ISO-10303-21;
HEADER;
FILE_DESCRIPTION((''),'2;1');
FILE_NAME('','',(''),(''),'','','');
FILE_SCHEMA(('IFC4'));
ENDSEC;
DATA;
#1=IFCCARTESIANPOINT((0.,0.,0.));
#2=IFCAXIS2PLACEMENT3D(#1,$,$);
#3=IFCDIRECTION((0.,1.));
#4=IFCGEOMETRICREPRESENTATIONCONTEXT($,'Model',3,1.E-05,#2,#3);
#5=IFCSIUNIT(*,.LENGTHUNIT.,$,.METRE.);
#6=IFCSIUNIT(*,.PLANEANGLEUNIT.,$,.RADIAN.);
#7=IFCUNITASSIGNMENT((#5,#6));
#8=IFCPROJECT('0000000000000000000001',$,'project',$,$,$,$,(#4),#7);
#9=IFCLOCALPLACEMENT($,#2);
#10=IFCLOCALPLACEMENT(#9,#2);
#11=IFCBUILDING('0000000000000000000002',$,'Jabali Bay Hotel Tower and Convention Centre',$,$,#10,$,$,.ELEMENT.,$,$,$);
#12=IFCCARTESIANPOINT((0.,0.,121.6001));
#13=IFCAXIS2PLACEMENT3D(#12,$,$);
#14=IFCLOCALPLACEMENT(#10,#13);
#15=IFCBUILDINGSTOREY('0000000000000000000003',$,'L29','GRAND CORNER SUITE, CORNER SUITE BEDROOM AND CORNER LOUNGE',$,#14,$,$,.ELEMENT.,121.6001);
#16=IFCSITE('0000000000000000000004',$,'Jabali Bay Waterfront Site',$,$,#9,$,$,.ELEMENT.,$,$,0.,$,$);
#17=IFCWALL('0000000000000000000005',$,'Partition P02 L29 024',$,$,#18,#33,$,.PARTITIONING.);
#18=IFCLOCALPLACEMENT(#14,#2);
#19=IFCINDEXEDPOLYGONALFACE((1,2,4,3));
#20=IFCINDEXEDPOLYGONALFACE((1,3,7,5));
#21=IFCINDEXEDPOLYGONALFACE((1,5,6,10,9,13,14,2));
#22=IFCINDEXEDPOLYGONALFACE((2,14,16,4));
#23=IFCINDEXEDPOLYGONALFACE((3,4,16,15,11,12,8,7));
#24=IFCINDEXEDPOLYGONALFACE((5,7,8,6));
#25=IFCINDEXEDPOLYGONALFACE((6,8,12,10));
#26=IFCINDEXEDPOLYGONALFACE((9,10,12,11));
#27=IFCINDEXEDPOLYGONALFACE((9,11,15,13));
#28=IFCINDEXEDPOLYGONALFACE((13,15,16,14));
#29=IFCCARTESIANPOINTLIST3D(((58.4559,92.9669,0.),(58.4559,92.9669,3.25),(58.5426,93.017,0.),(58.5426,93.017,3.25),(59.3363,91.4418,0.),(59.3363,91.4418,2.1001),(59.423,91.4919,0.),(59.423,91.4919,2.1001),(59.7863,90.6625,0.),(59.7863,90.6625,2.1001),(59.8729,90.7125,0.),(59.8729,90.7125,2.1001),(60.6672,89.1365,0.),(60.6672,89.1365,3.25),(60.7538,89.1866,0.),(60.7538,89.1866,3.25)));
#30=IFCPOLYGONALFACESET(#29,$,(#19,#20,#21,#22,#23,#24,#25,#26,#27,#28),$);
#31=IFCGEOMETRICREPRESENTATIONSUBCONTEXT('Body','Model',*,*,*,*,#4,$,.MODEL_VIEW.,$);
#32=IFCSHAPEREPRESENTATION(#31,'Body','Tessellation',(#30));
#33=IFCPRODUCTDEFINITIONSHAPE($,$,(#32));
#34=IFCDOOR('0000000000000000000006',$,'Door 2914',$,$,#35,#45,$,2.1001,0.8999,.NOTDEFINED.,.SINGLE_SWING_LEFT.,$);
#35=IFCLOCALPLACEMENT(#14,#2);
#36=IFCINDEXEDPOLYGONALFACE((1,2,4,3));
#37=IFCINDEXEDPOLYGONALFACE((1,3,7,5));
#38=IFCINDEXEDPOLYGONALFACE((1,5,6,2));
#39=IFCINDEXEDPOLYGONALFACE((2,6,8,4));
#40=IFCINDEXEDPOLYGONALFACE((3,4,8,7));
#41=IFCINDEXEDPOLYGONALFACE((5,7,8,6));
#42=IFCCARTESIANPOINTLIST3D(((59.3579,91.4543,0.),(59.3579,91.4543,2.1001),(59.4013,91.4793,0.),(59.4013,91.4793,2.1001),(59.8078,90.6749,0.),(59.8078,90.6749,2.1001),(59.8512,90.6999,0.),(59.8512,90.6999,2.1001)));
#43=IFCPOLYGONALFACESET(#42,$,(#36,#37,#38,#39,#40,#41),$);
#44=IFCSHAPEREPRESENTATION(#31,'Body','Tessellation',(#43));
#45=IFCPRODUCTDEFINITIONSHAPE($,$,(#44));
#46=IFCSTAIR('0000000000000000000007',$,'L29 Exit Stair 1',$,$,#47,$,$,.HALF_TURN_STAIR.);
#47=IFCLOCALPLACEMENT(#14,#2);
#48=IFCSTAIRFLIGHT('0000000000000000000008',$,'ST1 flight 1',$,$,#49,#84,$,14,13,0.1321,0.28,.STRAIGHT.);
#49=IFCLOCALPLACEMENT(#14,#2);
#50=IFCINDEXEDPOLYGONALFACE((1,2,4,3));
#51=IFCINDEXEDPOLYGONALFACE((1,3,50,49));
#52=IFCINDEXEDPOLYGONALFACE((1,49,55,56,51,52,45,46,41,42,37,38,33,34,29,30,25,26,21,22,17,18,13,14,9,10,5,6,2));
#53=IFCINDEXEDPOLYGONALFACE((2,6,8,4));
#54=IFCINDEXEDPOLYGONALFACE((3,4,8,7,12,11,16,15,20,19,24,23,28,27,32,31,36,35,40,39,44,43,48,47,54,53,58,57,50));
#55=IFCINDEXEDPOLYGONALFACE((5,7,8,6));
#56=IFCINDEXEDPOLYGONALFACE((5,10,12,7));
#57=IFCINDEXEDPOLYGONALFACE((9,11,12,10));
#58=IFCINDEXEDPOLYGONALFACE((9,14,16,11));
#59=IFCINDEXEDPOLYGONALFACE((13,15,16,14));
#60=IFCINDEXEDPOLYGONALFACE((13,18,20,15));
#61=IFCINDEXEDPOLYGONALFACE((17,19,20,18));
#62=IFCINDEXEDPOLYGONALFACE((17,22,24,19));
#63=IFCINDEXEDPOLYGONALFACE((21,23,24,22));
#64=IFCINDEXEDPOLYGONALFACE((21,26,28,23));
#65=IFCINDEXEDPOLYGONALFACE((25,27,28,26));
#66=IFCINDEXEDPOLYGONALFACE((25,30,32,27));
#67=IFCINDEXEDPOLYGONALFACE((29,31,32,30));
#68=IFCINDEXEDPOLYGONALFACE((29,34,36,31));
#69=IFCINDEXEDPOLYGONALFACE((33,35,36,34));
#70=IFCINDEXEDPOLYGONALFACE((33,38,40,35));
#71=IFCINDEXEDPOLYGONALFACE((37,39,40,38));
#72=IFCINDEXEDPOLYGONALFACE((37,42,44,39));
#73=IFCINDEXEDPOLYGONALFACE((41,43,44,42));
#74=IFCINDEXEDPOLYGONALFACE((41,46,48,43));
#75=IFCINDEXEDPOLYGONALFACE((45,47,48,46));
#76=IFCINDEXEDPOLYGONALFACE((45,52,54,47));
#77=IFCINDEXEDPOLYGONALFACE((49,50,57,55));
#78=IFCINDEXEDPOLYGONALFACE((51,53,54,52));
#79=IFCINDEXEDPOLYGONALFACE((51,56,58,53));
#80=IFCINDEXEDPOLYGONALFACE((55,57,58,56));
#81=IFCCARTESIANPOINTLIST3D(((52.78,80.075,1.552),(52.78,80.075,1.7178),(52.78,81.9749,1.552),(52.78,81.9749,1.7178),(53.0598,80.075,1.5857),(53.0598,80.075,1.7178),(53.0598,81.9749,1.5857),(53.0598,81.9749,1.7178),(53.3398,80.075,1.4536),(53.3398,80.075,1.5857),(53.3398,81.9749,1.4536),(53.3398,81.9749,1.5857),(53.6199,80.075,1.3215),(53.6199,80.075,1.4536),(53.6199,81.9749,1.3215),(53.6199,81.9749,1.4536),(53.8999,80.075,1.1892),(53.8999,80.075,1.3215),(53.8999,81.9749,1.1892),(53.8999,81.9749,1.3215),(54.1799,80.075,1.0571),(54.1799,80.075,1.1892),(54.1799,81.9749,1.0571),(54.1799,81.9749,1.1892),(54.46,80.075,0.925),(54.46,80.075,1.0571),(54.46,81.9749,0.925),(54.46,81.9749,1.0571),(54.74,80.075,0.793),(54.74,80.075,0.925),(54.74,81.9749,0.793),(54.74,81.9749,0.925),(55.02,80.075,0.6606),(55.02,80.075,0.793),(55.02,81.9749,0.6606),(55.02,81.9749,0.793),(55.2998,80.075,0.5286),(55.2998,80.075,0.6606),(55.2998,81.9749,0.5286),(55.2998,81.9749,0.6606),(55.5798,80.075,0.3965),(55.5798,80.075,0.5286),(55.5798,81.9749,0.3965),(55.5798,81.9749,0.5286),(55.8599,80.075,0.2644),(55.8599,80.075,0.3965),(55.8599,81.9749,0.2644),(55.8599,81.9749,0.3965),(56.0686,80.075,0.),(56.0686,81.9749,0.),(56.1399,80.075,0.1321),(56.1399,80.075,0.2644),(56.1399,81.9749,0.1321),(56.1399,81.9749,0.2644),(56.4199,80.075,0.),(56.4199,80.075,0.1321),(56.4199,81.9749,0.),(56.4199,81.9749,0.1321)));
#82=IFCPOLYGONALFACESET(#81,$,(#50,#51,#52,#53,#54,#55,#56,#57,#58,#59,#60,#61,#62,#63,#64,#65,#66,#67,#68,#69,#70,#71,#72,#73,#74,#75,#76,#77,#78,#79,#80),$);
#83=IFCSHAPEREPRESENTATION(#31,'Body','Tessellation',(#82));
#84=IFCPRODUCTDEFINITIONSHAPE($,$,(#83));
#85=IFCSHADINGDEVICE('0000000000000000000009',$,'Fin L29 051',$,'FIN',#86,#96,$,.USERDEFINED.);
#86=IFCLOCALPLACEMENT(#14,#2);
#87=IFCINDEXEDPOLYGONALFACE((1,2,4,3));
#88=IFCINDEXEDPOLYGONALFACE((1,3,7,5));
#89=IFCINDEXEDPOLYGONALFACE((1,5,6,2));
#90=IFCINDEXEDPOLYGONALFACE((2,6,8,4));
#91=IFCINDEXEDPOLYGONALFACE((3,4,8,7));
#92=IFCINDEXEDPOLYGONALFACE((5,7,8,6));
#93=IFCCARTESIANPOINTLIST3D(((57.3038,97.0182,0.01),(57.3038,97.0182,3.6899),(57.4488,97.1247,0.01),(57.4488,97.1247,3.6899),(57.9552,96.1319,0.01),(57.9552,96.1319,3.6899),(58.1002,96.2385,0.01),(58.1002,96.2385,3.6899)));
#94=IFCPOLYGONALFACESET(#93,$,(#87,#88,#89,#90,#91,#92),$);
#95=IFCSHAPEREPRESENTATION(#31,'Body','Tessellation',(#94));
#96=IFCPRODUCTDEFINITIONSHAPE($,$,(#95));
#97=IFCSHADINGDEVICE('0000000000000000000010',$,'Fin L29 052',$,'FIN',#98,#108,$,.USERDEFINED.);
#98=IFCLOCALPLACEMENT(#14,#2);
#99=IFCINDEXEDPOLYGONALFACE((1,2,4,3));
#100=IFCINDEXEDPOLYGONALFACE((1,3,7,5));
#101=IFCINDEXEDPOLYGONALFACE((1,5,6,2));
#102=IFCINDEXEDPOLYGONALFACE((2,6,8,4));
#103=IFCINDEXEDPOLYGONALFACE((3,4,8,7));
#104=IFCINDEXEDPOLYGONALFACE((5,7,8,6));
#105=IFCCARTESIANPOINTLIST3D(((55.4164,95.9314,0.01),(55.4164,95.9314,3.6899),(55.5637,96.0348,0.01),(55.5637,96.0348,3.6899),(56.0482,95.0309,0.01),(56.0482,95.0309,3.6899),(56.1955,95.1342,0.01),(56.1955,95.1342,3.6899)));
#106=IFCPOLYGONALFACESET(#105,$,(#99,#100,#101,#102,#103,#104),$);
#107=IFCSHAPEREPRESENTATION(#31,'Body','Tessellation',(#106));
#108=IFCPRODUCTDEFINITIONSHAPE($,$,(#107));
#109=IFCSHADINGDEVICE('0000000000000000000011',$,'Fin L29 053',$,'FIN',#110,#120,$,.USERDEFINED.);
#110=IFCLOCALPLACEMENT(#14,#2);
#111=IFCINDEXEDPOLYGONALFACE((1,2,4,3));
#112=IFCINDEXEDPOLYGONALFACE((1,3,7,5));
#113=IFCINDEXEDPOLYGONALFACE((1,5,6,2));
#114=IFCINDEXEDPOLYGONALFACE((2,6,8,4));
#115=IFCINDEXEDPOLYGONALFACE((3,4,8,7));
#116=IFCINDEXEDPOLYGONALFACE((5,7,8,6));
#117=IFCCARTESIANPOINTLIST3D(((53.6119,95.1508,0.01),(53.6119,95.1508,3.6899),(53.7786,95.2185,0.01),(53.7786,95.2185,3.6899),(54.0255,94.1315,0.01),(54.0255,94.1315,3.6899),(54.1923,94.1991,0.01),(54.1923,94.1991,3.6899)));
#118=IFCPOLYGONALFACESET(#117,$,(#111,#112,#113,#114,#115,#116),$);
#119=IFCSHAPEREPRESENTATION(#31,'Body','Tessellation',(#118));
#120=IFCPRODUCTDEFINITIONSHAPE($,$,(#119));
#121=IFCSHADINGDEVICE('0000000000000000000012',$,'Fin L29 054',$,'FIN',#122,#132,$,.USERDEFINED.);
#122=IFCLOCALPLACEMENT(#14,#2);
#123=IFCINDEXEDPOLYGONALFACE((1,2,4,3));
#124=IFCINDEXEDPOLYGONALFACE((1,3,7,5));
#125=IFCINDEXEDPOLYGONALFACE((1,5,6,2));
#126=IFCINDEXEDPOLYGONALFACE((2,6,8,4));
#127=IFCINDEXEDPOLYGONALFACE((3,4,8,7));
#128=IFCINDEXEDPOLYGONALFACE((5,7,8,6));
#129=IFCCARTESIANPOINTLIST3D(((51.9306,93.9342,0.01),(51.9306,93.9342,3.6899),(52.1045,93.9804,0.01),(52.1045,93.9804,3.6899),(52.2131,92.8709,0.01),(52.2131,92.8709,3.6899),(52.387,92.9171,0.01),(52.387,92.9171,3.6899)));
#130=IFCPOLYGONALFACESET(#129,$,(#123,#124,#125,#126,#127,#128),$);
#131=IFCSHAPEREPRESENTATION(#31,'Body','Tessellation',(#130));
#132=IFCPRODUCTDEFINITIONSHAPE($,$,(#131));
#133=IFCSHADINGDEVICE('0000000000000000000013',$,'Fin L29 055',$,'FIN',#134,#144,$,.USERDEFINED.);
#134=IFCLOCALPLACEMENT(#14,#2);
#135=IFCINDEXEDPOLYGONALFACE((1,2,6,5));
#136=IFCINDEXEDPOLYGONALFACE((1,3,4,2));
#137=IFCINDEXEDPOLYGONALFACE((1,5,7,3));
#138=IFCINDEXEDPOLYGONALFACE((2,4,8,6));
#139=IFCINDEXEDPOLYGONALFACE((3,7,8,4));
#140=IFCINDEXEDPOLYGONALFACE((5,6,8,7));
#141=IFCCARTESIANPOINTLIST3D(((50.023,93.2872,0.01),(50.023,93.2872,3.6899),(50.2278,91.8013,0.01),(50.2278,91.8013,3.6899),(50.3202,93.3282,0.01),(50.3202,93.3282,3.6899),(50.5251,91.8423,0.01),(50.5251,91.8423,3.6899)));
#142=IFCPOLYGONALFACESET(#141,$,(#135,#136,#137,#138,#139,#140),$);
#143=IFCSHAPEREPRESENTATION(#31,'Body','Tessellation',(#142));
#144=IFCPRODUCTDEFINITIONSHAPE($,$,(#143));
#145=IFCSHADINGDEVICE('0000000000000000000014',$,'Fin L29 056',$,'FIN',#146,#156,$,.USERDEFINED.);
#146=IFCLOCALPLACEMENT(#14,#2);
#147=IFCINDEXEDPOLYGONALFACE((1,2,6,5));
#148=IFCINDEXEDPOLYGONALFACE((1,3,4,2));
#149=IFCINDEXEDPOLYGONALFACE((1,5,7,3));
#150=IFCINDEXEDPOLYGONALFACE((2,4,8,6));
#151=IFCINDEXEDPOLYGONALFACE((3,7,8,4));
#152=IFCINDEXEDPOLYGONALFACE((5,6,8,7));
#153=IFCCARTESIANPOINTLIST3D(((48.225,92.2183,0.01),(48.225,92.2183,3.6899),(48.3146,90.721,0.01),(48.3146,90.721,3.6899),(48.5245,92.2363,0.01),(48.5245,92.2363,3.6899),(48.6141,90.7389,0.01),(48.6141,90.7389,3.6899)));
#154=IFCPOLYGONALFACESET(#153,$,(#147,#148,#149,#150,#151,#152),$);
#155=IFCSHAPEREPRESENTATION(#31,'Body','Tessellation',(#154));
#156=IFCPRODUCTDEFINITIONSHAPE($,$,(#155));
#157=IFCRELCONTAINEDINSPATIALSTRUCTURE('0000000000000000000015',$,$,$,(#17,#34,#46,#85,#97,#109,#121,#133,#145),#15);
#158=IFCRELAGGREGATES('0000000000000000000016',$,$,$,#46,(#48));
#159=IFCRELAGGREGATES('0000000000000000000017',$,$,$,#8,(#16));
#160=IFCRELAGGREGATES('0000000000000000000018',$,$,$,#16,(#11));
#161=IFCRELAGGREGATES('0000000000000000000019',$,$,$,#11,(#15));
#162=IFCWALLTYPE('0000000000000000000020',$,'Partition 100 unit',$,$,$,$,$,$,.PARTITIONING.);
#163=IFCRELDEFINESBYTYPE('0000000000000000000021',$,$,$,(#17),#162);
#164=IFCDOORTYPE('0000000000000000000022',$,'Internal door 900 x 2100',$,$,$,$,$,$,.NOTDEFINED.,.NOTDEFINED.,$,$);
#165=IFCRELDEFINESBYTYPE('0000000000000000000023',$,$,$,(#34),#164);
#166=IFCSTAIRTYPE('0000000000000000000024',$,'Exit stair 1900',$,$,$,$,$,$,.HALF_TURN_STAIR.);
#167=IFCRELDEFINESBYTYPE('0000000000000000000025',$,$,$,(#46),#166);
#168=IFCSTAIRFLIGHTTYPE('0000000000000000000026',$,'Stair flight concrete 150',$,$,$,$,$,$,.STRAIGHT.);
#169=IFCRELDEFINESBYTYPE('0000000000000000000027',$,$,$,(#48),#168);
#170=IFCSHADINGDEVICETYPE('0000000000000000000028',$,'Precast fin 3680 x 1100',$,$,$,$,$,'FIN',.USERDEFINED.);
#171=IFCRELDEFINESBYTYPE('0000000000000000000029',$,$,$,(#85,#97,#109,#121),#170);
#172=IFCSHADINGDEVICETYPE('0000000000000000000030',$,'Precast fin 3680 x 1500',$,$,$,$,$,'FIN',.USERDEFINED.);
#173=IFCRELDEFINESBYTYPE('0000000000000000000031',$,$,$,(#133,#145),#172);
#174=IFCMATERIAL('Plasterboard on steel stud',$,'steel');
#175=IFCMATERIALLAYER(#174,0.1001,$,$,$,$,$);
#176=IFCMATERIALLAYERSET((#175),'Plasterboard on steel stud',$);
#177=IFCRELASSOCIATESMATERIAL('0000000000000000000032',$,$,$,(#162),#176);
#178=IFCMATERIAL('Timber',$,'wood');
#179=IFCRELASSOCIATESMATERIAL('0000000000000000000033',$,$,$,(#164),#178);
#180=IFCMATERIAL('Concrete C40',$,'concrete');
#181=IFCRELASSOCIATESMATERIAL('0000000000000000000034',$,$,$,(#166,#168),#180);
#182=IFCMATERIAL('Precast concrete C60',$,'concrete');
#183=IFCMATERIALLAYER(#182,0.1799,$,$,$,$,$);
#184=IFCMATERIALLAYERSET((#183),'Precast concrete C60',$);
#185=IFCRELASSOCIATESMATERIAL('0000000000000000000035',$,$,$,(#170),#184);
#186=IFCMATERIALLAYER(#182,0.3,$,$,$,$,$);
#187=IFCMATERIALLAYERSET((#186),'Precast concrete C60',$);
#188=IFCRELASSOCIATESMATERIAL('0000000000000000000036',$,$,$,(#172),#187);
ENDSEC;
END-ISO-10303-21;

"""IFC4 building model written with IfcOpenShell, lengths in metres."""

from ifc_helpers import new_model, si_unit, direction, frame, frame_2d, origin, place, context, subcontext, project, spatial, polyline, rectangle, outline, extrude, material, layer, layer_set, type_object, element, fill, aggregate, save


model = new_model("IFC4")

# Units and contexts
model_context = context("Model", 3, precision=1e-05, world=origin(), true_north=direction((0.0, 1.0)))
body_context = subcontext(model_context, "Body", "Model", "MODEL_VIEW")
ifc_project = project(units=[si_unit("LENGTHUNIT", "METRE"), si_unit("PLANEANGLEUNIT", "RADIAN")], contexts=[model_context])

# Site, building, storey
site_placement = place(None, origin())
site = spatial("IfcSite", under=ifc_project, at=site_placement, Name="Jabali Bay Waterfront Site", CompositionType="ELEMENT", RefElevation=0.0)
building_placement = place(site_placement, origin())
building = spatial("IfcBuilding", under=site, at=building_placement, Name="Jabali Bay Hotel Tower and Convention Centre", CompositionType="ELEMENT")
storey_placement = place(building_placement, frame((0.0, 0.0, 121.6001)))
storey = spatial("IfcBuildingStorey", under=building, at=storey_placement, Name="L29", Description="GRAND CORNER SUITE, CORNER SUITE BEDROOM AND CORNER LOUNGE", CompositionType="ELEMENT", Elevation=121.6001)

# Shared definitions
ifc_material_1 = material(Name="Concrete C40", Category="concrete")

# Wall, opening, door
ifc_material_2 = material(Name="Plasterboard on steel stud", Category="steel")
ifc_layer_1 = layer(ifc_material_2, 0.1001)
ifc_layer_set_1 = layer_set([ifc_layer_1], Name="Plasterboard on steel stud")
wall_type_1 = type_object("IfcWallType", Name="Partition 100 unit", PredefinedType="PARTITIONING", material=ifc_layer_set_1)
wall_1_placement = place(storey_placement, frame((58.4993, 92.9919, 0.0), z_axis=(0.0, 0.0, 1.0), x_axis=(0.499957, -0.86605, 0.0)))
wall_1 = element("IfcWall", 1, at=wall_1_placement, inside=storey, type_object=wall_type_1, Name="Partition P02 L29 024", PredefinedType="PARTITIONING", context=body_context, shape_type="SweptSolid", body=[
    extrude(rectangle(XDim=4.4229, YDim=0.1001, at=frame_2d((2.2114, 0.0))), origin(), (0.0, 0.0, 1.0), 3.25),
])
opening_1_placement = place(wall_1_placement, frame((1.761, 0.0, 0.0)))
opening_1 = element("IfcOpeningElement", 2, at=opening_1_placement, cuts=wall_1, PredefinedType="OPENING", context=body_context, shape_type="SweptSolid", body=[
    extrude(rectangle(XDim=0.8999, YDim=2.1001, at=frame_2d((0.45, 1.05))), frame((0.0, 0.0605, 0.0), z_axis=(0.0, -1.0, 0.0), x_axis=(1.0, 0.0, 0.0)), (0.0, 0.0, 1.0), 0.1211),
])
ifc_material_3 = material(Name="Timber", Category="wood")
door_type_1 = type_object("IfcDoorType", Name="Internal door 900 x 2100", OperationType="NOTDEFINED", PredefinedType="NOTDEFINED", material=ifc_material_3)
door_1_placement = place(opening_1_placement, origin())
door_1 = element("IfcDoor", 3, at=door_1_placement, inside=storey, type_object=door_type_1, Name="Door 2914", OperationType="SINGLE_SWING_LEFT", OverallHeight=2.1001, OverallWidth=0.8999, PredefinedType="NOTDEFINED", context=body_context, shape_type="SweptSolid", body=[
    extrude(rectangle(XDim=0.8999, YDim=2.1001, at=frame_2d((0.45, 1.05))), frame((0.0, 0.0249, 0.0), z_axis=(0.0, -1.0, 0.0), x_axis=(1.0, 0.0, 0.0)), (0.0, 0.0, 1.0), 0.05),
])
fill(opening_1, door_1)

# Stair, stair flight
stair_type = type_object("IfcStairType", Name="Exit stair 1900", PredefinedType="HALF_TURN_STAIR", material=ifc_material_1)
stair_placement = place(storey_placement, origin())
stair = element("IfcStair", 4, at=stair_placement, inside=storey, type_object=stair_type, Name="L29 Exit Stair 1", PredefinedType="HALF_TURN_STAIR")
stair_flight_type = type_object("IfcStairFlightType", Name="Stair flight concrete 150", PredefinedType="STRAIGHT", material=ifc_material_1)
stair_flight_placement = place(storey_placement, frame((56.4199, 81.0249, 0.0), z_axis=(0.0, 0.0, 1.0), x_axis=(-1.0, 0.0, 0.0)))
stair_flight = element("IfcStairFlight", 5, at=stair_flight_placement, type_object=stair_flight_type, Name="ST1 flight 1", NumberOfRisers=14, NumberOfTreads=13, PredefinedType="STRAIGHT", RiserHeight=0.1321, TreadLength=0.28, context=body_context, shape_type="SweptSolid", body=[
    extrude(outline(polyline([(0.0, 0.0), (0.0, 0.1321), (0.28, 0.1321), (0.28, 0.2644), (0.5601, 0.2644), (0.5601, 0.3965), (0.8401, 0.3965), (0.8401, 0.5286), (1.1201, 0.5286), (1.1201, 0.6606), (1.3999, 0.6606), (1.3999, 0.793), (1.6799, 0.793), (1.6799, 0.925), (1.96, 0.925), (1.96, 1.0571), (2.24, 1.0571), (2.24, 1.1892), (2.52, 1.1892), (2.52, 1.3215), (2.8, 1.3215), (2.8, 1.4536), (3.0801, 1.4536), (3.0801, 1.5857), (3.3601, 1.5857), (3.3601, 1.7178), (3.6399, 1.7178), (3.6399, 1.8501), (3.6399, 1.552), (0.3513, 0.0), (0.0, 0.0)])), frame((0.0, 0.95, 0.0), z_axis=(0.0, -1.0, 0.0), x_axis=(1.0, 0.0, 0.0)), (0.0, 0.0, 1.0), 1.8999),
])
aggregate(stair, [stair_flight])

# Shading devices
ifc_material_4 = material(Name="Precast concrete C60", Category="concrete")
ifc_layer_2 = layer(ifc_material_4, 0.1799)
ifc_layer_set_2 = layer_set([ifc_layer_2], Name="Precast concrete C60")
shading_device_type_1 = type_object("IfcShadingDeviceType", Name="Precast fin 3680 x 1100", ElementType="FIN", PredefinedType="USERDEFINED", material=ifc_layer_set_2)
shading_device_placement = place(storey_placement, frame((58.0276, 96.1853, 0.01), z_axis=(0.0, 0.0, 1.0), x_axis=(-0.592229, 0.805769, 0.0)))
element("IfcShadingDevice", 6, at=shading_device_placement, inside=storey, type_object=shading_device_type_1, Name="Fin L29 051", ObjectType="FIN", PredefinedType="USERDEFINED", context=body_context, shape_type="SweptSolid", body=[
    extrude(rectangle(XDim=1.0999, YDim=0.1799, at=frame_2d((0.5498, 0.0))), origin(), (0.0, 0.0, 1.0), 3.6799),
])
for number, where, z_axis, x_axis, name in (
    (7, (56.1218, 95.0825, 0.01), (0.0, 0.0, 1.0), (-0.574311, 0.818637, 0.0), "Fin L29 052"),
    (8, (54.1089, 94.1653, 0.01), (0.0, 0.0, 1.0), (-0.375978, 0.926629, 0.0), "Fin L29 053"),
    (9, (52.3, 92.894, 0.01), (0.0, 0.0, 1.0), (-0.256765, 0.966474, 0.0), "Fin L29 054"),
):
    element("IfcShadingDevice", number, at=place(storey_placement, frame(where, z_axis=z_axis, x_axis=x_axis)), inside=storey, type_object=shading_device_type_1, Name=name, ObjectType="FIN", PredefinedType="USERDEFINED", context=body_context, shape_type="SweptSolid", body=[
        extrude(rectangle(XDim=1.1001, YDim=0.1799, at=frame_2d((0.55, 0.0))), origin(), (0.0, 0.0, 1.0), 3.6799),
    ])
ifc_layer_3 = layer(ifc_material_4, 0.3)
ifc_layer_set_3 = layer_set([ifc_layer_3], Name="Precast concrete C60")
shading_device_type_2 = type_object("IfcShadingDeviceType", Name="Precast fin 3680 x 1500", ElementType="FIN", PredefinedType="USERDEFINED", material=ifc_layer_set_3)
for number, where, z_axis, x_axis, name in (
    (10, (50.3765, 91.8218, 0.01), (0.0, 0.0, 1.0), (-0.136566, 0.990631, 0.0), "Fin L29 055"),
    (11, (48.4644, 90.73, 0.01), (0.0, 0.0, 1.0), (-0.059733, 0.998214, 0.0), "Fin L29 056"),
):
    element("IfcShadingDevice", number, at=place(storey_placement, frame(where, z_axis=z_axis, x_axis=x_axis)), inside=storey, type_object=shading_device_type_2, Name=name, ObjectType="FIN", PredefinedType="USERDEFINED", context=body_context, shape_type="SweptSolid", body=[
        extrude(rectangle(XDim=1.5, YDim=0.3, at=frame_2d((0.75, 0.0))), origin(), (0.0, 0.0, 1.0), 3.6799),
    ])

save(model, "model.ifc")
